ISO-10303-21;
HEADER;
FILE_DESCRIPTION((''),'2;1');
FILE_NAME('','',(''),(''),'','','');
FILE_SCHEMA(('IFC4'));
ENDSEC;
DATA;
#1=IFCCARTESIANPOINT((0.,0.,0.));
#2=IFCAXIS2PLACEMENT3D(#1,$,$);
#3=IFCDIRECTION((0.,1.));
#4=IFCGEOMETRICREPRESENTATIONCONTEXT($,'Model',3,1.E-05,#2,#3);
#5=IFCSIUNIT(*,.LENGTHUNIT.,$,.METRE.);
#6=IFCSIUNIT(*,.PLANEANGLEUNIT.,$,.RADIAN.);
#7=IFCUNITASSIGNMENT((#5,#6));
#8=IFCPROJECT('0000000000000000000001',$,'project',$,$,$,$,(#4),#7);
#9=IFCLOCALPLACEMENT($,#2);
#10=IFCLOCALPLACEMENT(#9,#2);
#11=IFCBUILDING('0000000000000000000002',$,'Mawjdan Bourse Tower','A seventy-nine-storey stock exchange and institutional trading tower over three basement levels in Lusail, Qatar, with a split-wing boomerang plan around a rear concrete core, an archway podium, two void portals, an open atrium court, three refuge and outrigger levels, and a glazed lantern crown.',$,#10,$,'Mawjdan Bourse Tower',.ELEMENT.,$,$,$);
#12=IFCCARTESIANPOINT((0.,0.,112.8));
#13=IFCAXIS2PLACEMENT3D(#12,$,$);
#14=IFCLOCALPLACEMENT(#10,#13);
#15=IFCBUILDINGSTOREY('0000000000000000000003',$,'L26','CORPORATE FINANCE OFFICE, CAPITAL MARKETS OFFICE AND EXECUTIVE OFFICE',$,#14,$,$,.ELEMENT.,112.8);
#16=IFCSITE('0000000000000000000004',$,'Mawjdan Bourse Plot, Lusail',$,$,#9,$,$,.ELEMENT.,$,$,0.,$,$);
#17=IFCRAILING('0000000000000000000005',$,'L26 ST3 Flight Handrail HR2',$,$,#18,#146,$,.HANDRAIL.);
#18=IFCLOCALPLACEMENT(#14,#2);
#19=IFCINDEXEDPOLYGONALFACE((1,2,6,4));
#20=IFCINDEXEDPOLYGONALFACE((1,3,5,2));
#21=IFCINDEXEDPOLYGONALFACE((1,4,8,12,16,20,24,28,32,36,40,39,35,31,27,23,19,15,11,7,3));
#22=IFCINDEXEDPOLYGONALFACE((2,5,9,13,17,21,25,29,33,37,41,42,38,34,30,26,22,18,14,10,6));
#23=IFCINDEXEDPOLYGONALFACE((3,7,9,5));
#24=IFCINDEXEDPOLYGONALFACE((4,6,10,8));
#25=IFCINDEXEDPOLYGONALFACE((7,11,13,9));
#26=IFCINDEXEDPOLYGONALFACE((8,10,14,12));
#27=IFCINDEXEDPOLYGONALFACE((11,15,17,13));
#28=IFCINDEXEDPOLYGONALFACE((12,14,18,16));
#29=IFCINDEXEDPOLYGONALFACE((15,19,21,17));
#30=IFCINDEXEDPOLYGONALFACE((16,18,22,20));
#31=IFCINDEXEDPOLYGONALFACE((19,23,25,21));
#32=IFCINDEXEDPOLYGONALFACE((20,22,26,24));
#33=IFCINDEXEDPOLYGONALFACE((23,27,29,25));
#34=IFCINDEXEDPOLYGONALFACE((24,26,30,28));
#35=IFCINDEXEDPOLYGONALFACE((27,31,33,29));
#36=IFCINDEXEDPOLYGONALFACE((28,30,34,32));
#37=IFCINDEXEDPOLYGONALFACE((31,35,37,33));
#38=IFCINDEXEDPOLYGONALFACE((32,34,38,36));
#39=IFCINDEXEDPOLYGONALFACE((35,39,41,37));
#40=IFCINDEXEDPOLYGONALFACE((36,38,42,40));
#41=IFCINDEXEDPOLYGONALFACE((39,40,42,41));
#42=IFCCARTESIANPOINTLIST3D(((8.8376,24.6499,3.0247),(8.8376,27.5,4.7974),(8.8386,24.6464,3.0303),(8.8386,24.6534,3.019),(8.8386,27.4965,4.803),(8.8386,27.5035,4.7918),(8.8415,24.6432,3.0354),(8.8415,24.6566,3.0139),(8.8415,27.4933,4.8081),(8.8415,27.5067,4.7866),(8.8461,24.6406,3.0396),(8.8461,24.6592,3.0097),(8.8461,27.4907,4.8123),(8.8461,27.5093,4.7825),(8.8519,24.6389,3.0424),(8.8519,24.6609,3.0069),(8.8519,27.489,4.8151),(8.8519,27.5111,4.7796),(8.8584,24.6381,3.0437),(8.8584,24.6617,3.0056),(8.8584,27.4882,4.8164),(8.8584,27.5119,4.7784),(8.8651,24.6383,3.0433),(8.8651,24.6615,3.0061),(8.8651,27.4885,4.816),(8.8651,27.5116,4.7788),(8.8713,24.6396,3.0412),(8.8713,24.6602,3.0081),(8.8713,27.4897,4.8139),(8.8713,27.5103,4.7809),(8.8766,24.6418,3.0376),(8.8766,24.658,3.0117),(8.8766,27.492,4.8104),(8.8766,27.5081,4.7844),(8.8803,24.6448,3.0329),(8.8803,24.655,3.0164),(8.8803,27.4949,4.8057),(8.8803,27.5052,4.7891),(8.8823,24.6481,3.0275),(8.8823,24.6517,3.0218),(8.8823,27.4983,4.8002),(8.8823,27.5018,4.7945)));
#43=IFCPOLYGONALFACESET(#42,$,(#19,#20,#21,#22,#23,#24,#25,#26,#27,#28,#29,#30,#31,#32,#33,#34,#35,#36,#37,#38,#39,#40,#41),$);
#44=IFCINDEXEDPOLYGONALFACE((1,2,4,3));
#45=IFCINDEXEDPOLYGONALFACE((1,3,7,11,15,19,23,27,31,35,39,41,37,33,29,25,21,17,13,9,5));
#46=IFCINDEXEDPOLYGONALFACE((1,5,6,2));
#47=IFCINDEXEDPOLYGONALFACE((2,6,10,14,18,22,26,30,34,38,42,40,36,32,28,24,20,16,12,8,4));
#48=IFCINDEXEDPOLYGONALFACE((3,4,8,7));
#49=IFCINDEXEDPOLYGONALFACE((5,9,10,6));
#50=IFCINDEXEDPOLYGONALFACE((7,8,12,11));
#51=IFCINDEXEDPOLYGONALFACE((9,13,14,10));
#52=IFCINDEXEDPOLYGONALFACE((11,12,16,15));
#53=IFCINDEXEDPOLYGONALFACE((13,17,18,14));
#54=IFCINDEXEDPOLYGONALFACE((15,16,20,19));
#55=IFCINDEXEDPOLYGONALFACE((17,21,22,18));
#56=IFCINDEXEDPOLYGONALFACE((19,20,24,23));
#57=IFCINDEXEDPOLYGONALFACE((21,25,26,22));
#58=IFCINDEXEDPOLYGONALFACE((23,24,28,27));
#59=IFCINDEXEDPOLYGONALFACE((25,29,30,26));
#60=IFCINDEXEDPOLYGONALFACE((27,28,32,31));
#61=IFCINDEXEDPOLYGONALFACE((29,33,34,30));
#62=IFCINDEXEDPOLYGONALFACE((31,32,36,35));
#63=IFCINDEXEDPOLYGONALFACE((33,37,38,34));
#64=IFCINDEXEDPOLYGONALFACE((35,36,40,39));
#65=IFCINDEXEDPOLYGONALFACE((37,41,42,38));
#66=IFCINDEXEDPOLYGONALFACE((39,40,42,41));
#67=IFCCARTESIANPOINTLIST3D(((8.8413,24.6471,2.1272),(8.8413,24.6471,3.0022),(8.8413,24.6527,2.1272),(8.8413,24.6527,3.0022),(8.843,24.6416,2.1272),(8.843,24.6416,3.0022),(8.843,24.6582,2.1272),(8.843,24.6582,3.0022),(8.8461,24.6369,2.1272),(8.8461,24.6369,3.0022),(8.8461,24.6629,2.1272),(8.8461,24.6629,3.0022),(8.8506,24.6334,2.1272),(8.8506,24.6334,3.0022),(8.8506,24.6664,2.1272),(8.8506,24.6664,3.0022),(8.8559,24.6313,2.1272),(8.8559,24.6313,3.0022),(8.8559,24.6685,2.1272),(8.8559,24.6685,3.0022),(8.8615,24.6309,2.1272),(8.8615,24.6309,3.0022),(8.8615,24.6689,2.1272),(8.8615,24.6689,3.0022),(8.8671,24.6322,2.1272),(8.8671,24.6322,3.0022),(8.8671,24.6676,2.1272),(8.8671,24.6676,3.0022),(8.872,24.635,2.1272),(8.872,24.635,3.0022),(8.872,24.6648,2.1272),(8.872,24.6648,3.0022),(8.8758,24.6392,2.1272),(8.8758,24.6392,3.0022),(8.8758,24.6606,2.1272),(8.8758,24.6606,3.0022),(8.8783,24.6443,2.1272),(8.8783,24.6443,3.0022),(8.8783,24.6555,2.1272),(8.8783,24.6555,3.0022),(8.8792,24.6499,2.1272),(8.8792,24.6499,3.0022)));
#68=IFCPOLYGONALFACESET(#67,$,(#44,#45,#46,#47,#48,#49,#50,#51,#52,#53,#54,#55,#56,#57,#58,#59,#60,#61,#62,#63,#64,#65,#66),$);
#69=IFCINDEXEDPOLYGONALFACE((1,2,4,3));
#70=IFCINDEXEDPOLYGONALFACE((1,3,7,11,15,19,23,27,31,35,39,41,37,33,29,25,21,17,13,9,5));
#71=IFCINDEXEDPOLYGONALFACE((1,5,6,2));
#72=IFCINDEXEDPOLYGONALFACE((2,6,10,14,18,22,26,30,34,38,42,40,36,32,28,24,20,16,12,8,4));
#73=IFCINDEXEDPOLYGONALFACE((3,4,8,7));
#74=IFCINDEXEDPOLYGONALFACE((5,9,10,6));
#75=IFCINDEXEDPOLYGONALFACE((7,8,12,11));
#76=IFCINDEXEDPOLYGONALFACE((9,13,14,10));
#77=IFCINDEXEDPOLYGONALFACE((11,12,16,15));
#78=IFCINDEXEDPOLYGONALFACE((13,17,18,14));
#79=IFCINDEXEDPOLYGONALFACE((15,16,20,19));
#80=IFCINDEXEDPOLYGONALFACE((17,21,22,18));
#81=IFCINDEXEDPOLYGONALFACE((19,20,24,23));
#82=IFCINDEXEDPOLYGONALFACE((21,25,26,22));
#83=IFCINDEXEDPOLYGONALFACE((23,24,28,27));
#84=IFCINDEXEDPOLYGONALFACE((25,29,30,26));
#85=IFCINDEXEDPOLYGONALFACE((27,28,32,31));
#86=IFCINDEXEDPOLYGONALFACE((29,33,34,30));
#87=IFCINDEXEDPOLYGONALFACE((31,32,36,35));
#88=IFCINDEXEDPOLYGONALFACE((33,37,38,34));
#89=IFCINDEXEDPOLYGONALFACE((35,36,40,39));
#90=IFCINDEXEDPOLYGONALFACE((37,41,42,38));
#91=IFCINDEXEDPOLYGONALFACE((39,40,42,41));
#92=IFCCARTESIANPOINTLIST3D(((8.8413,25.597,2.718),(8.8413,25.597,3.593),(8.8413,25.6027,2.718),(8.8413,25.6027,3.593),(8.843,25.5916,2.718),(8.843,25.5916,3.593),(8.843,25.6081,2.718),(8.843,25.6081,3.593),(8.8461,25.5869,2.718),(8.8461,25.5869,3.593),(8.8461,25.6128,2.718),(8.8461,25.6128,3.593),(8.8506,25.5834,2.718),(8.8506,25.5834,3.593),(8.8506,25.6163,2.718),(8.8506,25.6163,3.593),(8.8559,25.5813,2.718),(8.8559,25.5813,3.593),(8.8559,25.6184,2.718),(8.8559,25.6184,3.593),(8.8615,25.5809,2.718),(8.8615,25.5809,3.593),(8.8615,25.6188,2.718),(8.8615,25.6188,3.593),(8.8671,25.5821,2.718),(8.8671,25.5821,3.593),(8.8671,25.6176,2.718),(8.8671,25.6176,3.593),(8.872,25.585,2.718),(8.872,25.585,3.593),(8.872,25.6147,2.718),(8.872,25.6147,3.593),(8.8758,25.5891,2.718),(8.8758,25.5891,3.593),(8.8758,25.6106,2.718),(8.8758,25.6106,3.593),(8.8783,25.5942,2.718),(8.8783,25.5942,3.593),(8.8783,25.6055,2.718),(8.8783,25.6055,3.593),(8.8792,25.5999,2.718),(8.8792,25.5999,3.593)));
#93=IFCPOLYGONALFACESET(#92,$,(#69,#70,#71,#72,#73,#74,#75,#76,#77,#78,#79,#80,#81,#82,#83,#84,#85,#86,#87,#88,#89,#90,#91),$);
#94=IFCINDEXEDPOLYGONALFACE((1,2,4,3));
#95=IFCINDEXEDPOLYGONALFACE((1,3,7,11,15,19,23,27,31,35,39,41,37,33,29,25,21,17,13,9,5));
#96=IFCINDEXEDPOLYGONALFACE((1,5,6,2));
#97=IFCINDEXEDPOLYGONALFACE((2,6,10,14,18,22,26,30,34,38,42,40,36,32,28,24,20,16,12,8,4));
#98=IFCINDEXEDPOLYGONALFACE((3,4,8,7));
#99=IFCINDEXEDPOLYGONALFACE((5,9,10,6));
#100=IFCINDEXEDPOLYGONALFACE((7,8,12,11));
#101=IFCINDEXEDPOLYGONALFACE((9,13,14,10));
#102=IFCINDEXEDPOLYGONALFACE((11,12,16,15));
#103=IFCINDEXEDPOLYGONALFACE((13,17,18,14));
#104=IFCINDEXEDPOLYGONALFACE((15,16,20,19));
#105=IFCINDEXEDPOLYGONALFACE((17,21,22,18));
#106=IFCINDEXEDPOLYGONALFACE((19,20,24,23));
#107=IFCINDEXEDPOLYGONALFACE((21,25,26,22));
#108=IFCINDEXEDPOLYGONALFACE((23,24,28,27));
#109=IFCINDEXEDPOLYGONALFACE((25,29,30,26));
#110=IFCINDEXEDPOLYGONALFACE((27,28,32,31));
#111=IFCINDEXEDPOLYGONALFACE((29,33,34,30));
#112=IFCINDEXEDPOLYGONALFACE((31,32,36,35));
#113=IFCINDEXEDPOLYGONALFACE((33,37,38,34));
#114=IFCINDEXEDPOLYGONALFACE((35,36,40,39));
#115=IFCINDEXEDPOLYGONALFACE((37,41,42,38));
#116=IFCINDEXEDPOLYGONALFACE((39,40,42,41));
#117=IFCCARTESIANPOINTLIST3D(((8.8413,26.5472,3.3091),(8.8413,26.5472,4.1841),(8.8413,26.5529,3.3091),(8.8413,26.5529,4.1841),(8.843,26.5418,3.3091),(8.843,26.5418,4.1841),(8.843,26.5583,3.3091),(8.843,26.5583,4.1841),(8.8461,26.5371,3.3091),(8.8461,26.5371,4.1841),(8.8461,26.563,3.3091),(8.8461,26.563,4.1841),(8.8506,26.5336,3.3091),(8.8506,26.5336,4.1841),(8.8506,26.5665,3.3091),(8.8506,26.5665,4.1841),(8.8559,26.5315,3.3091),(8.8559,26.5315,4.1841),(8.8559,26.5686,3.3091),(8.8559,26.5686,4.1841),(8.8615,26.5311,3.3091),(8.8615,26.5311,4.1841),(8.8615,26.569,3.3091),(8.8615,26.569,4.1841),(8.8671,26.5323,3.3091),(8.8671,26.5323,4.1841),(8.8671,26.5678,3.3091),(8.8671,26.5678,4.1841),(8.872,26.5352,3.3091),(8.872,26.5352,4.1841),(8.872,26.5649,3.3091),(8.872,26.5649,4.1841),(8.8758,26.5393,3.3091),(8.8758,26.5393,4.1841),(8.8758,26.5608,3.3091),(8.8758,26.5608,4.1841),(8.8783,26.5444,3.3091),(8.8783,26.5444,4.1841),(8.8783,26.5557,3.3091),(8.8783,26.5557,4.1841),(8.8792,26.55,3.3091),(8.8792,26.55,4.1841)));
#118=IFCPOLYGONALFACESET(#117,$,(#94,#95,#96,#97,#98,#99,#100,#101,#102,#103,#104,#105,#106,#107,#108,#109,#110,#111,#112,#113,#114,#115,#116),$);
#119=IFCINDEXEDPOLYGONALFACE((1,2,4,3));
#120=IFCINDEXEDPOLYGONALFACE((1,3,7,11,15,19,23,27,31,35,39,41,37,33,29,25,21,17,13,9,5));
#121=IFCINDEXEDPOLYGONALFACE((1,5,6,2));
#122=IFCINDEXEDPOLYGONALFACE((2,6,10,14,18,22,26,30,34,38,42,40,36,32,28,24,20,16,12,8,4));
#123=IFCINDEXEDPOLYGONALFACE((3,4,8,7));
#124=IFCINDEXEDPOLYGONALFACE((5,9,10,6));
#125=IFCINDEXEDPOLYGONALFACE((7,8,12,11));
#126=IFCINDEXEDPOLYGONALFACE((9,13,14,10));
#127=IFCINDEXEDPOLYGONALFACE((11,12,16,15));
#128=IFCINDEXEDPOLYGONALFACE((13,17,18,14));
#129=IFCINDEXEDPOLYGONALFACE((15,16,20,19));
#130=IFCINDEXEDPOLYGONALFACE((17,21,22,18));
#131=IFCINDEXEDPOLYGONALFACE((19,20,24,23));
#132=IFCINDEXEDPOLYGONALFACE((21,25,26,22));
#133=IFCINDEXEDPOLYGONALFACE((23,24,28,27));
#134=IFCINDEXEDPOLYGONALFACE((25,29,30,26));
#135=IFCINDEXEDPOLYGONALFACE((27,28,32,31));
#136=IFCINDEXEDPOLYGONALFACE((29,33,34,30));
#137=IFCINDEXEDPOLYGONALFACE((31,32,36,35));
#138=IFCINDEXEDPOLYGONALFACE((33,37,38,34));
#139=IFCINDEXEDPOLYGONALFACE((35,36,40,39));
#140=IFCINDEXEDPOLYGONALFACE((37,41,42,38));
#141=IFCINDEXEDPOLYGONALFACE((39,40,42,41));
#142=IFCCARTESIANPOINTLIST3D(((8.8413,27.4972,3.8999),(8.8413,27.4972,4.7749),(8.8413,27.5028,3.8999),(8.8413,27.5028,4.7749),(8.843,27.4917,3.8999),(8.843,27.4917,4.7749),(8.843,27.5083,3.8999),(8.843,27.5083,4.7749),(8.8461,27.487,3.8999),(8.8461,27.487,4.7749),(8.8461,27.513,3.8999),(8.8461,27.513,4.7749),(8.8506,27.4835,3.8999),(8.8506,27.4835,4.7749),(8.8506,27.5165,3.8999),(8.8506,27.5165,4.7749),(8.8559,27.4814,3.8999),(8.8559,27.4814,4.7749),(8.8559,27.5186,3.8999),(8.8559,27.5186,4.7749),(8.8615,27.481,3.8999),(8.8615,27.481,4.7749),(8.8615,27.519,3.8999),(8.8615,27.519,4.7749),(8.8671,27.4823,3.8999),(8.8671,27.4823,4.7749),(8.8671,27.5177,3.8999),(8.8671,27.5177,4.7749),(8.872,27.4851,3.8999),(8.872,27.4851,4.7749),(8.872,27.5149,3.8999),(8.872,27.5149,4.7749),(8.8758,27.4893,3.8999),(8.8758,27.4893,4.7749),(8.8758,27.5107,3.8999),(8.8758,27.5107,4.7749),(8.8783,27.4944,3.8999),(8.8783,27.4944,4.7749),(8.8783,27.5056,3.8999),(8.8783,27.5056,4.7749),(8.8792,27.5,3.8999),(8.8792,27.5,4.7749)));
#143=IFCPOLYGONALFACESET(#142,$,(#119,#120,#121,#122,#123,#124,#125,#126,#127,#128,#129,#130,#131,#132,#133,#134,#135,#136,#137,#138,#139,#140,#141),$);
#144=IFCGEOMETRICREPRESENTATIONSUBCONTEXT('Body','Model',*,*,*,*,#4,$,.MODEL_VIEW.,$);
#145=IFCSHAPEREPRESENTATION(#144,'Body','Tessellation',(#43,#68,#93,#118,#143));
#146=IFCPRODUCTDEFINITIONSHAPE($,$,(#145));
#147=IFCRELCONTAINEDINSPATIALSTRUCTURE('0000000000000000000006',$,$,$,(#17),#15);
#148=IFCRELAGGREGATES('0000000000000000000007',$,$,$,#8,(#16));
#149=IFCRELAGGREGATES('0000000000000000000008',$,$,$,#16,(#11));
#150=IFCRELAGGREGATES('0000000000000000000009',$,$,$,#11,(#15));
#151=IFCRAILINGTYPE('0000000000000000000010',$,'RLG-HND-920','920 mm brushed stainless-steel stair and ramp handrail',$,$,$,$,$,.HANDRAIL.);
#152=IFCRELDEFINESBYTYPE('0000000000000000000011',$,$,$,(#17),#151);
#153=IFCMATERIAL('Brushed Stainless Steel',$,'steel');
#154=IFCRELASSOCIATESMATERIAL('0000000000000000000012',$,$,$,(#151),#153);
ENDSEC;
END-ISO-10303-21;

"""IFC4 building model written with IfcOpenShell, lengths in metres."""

from ifc_helpers import new_model, si_unit, direction, frame, origin, origin_2d, place, context, subcontext, project, spatial, circle, extrude, material, type_object, element, save


model = new_model("IFC4")

# Units and contexts
model_context = context("Model", 3, precision=1e-05, world=origin(), true_north=direction((0.0, 1.0)))
body_context = subcontext(model_context, "Body", "Model", "MODEL_VIEW")
ifc_project = project(units=[si_unit("LENGTHUNIT", "METRE"), si_unit("PLANEANGLEUNIT", "RADIAN")], contexts=[model_context])

# Site, building, storey
site_placement = place(None, origin())
site = spatial("IfcSite", under=ifc_project, at=site_placement, Name="Mawjdan Bourse Plot, Lusail", CompositionType="ELEMENT", RefElevation=0.0)
building_placement = place(site_placement, origin())
building = spatial("IfcBuilding", under=site, at=building_placement, Name="Mawjdan Bourse Tower", Description="A seventy-nine-storey stock exchange and institutional trading tower over three basement levels in Lusail, Qatar, with a split-wing boomerang plan around a rear concrete core, an archway podium, two void portals, an open atrium court, three refuge and outrigger levels, and a glazed lantern crown.", LongName="Mawjdan Bourse Tower", CompositionType="ELEMENT")
storey_placement = place(building_placement, frame((0.0, 0.0, 112.8)))
storey = spatial("IfcBuildingStorey", under=building, at=storey_placement, Name="L26", Description="CORPORATE FINANCE OFFICE, CAPITAL MARKETS OFFICE AND EXECUTIVE OFFICE", CompositionType="ELEMENT", Elevation=112.8)

# Railing
ifc_material_1 = material(Name="Brushed Stainless Steel", Category="steel")
railing_type_1 = type_object("IfcRailingType", Name="RLG-HND-920", Description="920 mm brushed stainless-steel stair and ramp handrail", PredefinedType="HANDRAIL", material=ifc_material_1)
railing_placement = place(storey_placement, frame((8.8601, 24.6499, 2.1272)))
element("IfcRailing", 1, at=railing_placement, inside=storey, type_object=railing_type_1, Name="L26 ST3 Flight Handrail HR2", PredefinedType="HANDRAIL", context=body_context, shape_type="SweptSolid", body=[
    extrude(circle(Radius=0.0225, at=origin_2d()), frame((0.0, 0.0, 0.8975), z_axis=(0.0, 0.849149, 0.528154), x_axis=(-1.0, 0.0, 0.0)), (0.0, 0.0, 1.0), 3.3564),
    extrude(circle(Radius=0.019, at=origin_2d()), origin(), (0.0, 0.0, 1.0), 0.875),
    extrude(circle(Radius=0.019, at=origin_2d()), frame((0.0, 0.95, 0.5908)), (0.0, 0.0, 1.0), 0.875),
    extrude(circle(Radius=0.019, at=origin_2d()), frame((0.0, 1.9001, 1.1819)), (0.0, 0.0, 1.0), 0.875),
    extrude(circle(Radius=0.019, at=origin_2d()), frame((0.0, 2.8501, 1.7727)), (0.0, 0.0, 1.0), 0.875),
])

save(model, "model.ifc")
